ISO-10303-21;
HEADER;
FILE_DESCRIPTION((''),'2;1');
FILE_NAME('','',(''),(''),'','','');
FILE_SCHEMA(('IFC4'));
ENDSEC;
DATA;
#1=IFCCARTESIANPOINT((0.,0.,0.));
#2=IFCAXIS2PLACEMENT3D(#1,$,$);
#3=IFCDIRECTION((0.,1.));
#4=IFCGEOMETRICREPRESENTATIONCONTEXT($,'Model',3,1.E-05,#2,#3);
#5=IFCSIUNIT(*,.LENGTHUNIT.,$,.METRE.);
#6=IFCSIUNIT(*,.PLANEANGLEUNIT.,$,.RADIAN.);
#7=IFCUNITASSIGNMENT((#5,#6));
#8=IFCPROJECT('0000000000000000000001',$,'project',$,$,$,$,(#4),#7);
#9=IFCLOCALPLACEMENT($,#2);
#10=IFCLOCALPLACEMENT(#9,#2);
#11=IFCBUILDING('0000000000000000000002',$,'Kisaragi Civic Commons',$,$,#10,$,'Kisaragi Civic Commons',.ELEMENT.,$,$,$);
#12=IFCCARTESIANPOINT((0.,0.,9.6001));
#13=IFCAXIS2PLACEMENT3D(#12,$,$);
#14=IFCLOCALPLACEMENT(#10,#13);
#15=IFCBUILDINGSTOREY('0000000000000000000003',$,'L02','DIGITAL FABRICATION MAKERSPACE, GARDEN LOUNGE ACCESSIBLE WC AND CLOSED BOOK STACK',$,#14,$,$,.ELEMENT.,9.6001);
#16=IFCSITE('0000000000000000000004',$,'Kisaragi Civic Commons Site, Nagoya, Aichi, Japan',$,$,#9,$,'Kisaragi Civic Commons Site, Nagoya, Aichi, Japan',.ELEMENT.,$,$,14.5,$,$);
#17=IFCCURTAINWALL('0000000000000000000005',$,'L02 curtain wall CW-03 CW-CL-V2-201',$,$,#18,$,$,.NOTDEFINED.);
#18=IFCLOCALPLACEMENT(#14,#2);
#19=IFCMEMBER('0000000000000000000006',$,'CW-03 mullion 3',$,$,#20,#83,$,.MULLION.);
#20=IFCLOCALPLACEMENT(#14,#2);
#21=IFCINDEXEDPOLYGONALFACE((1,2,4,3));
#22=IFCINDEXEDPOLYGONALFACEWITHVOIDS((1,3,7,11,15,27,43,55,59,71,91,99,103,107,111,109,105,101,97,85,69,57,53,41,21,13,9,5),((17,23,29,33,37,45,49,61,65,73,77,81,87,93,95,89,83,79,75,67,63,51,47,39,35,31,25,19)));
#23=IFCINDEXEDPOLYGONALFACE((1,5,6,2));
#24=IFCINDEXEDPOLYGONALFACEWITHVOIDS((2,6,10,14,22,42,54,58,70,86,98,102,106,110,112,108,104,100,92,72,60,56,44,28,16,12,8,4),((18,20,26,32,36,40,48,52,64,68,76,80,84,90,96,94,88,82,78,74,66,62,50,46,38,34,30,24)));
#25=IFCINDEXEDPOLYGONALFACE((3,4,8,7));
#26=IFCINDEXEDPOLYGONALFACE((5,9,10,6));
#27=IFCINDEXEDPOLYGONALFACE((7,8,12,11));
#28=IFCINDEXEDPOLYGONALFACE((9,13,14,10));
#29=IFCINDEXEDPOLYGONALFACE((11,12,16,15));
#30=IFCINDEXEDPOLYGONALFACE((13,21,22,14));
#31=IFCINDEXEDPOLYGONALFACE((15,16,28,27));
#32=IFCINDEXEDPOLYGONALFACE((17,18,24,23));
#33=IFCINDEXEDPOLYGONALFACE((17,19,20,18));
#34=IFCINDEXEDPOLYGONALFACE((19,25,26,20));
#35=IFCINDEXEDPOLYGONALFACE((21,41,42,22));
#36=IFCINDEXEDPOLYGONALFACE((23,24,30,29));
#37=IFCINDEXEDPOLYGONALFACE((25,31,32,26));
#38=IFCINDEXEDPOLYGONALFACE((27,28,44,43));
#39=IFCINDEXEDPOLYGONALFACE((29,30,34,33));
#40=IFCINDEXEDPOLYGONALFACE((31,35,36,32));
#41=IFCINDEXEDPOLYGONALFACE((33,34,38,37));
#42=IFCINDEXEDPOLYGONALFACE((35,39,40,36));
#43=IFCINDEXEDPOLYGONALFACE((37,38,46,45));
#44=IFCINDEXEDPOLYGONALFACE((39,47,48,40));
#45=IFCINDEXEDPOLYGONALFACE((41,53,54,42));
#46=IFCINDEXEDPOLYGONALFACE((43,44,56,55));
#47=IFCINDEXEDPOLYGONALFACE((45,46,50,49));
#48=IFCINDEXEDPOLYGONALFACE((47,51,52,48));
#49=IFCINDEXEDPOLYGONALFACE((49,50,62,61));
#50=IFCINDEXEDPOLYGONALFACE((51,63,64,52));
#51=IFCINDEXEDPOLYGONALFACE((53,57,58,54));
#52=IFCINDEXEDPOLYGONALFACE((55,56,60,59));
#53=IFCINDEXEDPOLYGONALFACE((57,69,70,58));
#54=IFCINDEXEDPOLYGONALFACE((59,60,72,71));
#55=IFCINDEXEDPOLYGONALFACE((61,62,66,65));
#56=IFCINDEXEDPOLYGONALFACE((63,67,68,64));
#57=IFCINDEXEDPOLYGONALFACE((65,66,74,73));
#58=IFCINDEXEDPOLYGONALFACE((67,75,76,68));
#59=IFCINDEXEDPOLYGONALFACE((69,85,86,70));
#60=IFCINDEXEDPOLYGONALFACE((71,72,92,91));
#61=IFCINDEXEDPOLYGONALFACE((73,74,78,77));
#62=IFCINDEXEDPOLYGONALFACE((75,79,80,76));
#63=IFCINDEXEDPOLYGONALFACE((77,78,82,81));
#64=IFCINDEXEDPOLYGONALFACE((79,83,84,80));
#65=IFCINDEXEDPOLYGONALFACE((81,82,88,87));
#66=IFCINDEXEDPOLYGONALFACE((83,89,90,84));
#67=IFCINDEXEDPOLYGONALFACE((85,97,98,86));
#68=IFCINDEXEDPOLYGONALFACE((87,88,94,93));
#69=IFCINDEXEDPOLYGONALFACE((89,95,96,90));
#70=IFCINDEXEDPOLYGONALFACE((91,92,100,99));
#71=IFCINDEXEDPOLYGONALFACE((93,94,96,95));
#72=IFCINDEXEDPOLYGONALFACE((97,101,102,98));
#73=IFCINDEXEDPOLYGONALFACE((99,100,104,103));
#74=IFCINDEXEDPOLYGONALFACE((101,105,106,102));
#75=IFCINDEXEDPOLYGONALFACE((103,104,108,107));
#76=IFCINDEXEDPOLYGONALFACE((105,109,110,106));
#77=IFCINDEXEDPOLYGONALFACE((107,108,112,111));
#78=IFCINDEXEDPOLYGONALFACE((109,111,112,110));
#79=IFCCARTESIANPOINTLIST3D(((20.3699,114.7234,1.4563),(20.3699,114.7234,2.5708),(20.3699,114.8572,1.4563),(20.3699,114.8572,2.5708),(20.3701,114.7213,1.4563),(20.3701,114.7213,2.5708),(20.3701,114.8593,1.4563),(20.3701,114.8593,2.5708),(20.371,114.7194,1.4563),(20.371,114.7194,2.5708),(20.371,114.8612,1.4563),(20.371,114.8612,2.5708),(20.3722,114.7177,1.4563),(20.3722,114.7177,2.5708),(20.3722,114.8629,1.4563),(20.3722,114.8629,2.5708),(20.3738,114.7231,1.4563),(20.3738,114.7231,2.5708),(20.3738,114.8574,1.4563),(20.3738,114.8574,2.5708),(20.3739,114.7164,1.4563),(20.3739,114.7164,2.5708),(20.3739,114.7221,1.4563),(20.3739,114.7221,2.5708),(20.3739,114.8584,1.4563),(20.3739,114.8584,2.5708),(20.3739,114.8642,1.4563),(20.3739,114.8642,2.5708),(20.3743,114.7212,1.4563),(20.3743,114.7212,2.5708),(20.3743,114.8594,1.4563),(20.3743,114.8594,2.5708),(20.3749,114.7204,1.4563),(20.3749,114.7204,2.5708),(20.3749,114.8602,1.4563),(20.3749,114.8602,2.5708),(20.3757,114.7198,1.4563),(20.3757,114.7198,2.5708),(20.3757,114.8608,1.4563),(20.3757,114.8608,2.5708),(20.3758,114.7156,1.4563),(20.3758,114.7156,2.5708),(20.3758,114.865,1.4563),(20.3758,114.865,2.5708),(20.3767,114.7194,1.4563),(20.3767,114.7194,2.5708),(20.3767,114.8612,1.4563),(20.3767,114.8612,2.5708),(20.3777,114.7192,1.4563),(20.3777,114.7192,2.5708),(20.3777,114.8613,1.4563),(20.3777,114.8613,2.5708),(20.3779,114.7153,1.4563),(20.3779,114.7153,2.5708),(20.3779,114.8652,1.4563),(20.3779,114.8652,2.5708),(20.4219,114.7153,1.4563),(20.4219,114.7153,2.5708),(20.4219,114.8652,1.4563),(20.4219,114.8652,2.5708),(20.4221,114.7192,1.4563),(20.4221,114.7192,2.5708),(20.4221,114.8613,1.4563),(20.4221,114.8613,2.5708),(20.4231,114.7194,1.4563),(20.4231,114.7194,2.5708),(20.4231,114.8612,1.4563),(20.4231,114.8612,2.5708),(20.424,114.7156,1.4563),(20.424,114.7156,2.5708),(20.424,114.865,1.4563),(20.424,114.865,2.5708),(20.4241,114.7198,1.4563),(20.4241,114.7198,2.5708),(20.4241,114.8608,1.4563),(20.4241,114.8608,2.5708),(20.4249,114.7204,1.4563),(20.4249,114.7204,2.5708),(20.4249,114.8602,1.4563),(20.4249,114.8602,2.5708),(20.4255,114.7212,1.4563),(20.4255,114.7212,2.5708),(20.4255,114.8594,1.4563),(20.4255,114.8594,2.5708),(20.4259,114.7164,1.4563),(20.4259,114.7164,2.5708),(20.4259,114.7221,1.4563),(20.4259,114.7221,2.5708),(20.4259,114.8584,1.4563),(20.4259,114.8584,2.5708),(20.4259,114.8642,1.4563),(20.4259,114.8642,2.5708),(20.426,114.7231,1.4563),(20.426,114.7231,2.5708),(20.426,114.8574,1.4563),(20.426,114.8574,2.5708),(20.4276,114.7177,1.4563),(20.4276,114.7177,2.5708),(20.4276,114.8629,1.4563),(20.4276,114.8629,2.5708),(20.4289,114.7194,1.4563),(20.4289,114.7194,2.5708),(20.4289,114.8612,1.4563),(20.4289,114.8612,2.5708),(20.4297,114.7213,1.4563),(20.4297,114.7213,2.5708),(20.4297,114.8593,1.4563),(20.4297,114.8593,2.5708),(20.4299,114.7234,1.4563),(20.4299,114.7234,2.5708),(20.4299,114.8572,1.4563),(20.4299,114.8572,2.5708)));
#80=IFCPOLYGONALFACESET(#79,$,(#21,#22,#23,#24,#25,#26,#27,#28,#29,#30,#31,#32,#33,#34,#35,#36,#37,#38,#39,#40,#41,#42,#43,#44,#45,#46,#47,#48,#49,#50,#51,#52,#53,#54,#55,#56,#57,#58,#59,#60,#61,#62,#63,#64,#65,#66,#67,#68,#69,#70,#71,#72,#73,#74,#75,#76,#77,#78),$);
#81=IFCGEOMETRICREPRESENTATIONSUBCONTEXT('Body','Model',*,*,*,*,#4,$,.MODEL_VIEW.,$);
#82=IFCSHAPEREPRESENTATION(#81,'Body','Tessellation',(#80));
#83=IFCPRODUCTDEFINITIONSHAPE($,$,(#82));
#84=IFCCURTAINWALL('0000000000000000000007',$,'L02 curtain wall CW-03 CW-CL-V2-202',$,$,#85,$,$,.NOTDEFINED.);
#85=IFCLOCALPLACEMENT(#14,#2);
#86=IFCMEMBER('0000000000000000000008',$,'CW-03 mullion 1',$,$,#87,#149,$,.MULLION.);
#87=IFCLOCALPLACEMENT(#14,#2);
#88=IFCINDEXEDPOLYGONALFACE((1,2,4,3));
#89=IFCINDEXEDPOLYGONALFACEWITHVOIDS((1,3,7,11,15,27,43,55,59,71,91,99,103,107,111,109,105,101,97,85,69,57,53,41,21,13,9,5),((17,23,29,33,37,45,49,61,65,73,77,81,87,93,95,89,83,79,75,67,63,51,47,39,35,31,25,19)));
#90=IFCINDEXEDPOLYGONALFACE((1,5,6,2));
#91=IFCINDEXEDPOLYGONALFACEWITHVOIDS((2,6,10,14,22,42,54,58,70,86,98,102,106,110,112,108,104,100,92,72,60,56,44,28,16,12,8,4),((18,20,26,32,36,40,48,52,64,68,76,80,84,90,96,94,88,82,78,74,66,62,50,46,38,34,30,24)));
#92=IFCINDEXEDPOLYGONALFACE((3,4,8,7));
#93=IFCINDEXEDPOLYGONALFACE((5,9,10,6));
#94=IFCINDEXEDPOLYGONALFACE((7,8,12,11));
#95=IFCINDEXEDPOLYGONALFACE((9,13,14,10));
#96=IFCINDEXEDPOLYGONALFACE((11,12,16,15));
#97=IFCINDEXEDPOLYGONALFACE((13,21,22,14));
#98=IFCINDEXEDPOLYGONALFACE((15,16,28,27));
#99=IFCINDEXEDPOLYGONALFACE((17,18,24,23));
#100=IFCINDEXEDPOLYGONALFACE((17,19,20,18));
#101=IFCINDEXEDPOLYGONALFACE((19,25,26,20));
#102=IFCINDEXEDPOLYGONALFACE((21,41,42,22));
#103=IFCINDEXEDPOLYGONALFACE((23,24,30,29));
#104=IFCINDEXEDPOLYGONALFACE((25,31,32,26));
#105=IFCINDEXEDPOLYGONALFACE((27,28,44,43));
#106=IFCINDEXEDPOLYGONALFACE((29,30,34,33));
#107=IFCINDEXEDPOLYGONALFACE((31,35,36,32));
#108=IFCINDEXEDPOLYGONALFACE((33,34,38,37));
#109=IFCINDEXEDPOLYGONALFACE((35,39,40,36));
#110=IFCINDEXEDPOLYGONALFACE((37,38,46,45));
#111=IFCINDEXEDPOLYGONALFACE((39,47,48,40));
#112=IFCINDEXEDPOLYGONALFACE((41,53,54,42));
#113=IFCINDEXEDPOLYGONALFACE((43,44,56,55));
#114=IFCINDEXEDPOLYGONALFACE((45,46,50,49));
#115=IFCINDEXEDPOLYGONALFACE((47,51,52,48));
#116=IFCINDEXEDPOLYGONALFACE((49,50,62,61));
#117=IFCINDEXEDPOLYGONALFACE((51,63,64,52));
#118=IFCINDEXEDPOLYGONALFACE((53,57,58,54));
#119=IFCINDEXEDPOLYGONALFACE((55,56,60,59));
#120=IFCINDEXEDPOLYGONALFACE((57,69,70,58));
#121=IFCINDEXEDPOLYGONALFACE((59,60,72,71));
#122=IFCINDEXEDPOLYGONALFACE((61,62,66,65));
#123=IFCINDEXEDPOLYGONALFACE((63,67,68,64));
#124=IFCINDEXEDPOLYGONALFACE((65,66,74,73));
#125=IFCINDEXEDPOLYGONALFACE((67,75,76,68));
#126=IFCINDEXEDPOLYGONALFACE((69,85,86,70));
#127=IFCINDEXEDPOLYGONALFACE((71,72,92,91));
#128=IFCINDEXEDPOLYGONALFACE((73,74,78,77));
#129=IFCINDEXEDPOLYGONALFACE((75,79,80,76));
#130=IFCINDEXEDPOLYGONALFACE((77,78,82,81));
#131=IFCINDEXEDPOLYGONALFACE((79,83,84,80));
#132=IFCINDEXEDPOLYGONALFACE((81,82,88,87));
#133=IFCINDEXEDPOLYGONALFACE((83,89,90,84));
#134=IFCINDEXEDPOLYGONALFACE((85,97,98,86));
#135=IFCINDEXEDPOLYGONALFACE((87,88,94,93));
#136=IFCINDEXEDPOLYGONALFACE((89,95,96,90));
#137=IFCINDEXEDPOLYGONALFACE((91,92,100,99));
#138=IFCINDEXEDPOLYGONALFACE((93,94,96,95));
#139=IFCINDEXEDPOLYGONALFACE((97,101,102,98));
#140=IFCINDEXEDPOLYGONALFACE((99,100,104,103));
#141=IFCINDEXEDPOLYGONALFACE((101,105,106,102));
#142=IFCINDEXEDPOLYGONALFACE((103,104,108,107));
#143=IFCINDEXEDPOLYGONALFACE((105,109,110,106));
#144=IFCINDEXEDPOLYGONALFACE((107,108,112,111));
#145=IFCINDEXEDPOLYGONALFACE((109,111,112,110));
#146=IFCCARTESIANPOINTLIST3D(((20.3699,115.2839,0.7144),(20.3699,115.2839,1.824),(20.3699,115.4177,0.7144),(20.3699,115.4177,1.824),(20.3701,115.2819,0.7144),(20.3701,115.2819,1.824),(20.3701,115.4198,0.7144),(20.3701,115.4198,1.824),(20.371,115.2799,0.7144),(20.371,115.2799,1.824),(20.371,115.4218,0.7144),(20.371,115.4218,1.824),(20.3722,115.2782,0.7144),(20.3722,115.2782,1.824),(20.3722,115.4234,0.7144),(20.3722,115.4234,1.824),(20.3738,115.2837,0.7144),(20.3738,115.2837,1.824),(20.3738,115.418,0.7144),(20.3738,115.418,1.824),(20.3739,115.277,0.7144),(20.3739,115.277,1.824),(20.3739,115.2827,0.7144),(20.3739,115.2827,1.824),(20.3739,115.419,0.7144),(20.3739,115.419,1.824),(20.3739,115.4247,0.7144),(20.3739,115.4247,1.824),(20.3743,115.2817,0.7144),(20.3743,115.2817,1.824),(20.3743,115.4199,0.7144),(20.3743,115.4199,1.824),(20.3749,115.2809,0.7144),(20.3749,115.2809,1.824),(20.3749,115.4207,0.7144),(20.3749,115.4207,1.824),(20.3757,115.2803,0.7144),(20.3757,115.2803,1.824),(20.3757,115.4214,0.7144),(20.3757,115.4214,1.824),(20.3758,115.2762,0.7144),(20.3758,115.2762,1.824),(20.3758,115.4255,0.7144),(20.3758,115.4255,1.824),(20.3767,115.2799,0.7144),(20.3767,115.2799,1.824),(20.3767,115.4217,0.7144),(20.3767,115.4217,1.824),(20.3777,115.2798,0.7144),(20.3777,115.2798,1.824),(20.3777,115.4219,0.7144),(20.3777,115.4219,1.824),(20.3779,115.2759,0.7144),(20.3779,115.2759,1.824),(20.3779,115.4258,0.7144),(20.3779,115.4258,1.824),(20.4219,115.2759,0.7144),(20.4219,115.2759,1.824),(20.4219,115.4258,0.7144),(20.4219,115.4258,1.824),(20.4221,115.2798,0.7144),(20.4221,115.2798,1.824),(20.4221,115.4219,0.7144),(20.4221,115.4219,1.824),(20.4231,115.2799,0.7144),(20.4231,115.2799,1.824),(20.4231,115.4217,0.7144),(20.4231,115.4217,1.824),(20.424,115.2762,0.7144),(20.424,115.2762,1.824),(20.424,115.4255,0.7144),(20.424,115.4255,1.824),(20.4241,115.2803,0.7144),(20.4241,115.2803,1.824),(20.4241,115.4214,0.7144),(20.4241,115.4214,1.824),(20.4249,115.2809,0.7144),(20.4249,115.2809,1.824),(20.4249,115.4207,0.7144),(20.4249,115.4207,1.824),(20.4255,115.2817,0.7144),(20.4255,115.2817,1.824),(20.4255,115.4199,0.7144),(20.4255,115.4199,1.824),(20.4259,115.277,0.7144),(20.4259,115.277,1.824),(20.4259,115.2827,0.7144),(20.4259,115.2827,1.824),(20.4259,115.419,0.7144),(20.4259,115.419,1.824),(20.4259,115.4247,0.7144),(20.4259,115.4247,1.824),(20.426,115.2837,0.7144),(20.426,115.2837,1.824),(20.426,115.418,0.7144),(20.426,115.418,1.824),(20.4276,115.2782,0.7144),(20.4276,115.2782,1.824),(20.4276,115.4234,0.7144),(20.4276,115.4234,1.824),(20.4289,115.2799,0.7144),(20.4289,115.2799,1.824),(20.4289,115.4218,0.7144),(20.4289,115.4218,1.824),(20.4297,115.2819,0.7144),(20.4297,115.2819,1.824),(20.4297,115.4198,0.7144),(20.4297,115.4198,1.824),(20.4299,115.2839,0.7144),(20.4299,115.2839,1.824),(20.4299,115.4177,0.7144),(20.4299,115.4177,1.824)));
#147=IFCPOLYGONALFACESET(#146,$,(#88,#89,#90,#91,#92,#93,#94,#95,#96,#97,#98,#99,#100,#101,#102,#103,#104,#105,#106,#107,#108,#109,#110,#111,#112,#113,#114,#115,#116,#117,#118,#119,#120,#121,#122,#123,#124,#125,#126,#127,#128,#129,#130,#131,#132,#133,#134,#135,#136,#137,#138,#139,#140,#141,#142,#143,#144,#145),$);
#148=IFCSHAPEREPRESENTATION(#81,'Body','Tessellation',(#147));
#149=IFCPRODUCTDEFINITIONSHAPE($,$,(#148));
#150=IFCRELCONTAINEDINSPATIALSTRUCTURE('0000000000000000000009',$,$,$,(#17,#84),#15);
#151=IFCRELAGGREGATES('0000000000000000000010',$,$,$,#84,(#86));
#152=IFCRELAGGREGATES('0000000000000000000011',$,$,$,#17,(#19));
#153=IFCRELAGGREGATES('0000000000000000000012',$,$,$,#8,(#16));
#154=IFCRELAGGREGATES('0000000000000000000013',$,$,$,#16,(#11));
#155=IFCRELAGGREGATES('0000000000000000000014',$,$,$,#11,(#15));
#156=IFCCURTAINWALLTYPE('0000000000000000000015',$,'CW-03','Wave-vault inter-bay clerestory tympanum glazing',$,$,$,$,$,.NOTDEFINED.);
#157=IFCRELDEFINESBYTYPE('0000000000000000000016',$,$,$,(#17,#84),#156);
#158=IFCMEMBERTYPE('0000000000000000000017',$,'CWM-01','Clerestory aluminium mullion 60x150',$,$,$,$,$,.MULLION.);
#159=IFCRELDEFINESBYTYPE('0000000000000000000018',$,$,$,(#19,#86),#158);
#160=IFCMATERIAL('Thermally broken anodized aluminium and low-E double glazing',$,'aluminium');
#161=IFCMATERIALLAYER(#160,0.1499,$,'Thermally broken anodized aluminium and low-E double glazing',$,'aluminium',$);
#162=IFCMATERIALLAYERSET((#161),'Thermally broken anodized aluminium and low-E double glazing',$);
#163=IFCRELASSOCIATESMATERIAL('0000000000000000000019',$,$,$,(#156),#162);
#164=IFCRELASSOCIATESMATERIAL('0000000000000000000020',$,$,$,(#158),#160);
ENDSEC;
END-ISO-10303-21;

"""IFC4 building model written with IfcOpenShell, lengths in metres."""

from ifc_helpers import new_model, si_unit, direction, frame, origin, origin_2d, place, context, subcontext, project, spatial, hollow_rectangle, extrude, material, layer, layer_set, material_profile, profile_set, type_object, element, aggregate, save


model = new_model("IFC4")

# Units and contexts
model_context = context("Model", 3, precision=1e-05, world=origin(), true_north=direction((0.0, 1.0)))
body_context = subcontext(model_context, "Body", "Model", "MODEL_VIEW")
ifc_project = project(units=[si_unit("LENGTHUNIT", "METRE"), si_unit("PLANEANGLEUNIT", "RADIAN")], contexts=[model_context])

# Site, building, storey
site_placement = place(None, origin())
site = spatial("IfcSite", under=ifc_project, at=site_placement, Name="Kisaragi Civic Commons Site, Nagoya, Aichi, Japan", LongName="Kisaragi Civic Commons Site, Nagoya, Aichi, Japan", CompositionType="ELEMENT", RefElevation=14.5)
building_placement = place(site_placement, origin())
building = spatial("IfcBuilding", under=site, at=building_placement, Name="Kisaragi Civic Commons", LongName="Kisaragi Civic Commons", CompositionType="ELEMENT")
storey_placement = place(building_placement, frame((0.0, 0.0, 9.6001)))
storey = spatial("IfcBuildingStorey", under=building, at=storey_placement, Name="L02", Description="DIGITAL FABRICATION MAKERSPACE, GARDEN LOUNGE ACCESSIBLE WC AND CLOSED BOOK STACK", CompositionType="ELEMENT", Elevation=9.6001)

# Curtain wall, member
ifc_material_1 = material(Name="Thermally broken anodized aluminium and low-E double glazing", Category="aluminium")
ifc_layer_1 = layer(ifc_material_1, 0.1499, Name="Thermally broken anodized aluminium and low-E double glazing", Category="aluminium")
ifc_layer_set_1 = layer_set([ifc_layer_1], Name="Thermally broken anodized aluminium and low-E double glazing")
curtain_wall_type = type_object("IfcCurtainWallType", Name="CW-03", Description="Wave-vault inter-bay clerestory tympanum glazing", PredefinedType="NOTDEFINED", material=ifc_layer_set_1)
curtain_wall_1_placement = place(storey_placement, origin())
curtain_wall_1 = element("IfcCurtainWall", 1, at=curtain_wall_1_placement, inside=storey, type_object=curtain_wall_type, Name="L02 curtain wall CW-03 CW-CL-V2-201", PredefinedType="NOTDEFINED")
ifc_material_profile_1 = material_profile(ifc_material_1, hollow_rectangle(XDim=0.0601, YDim=0.1499, WallThickness=0.0039, InnerFilletRadius=0.0039, OuterFilletRadius=0.0081, at=origin_2d()), Name="CWM-60x150x4", Category="aluminium")
ifc_profile_set_1 = profile_set([ifc_material_profile_1], Name="Thermally broken anodized aluminium and low-E double glazing")
member_type_1 = type_object("IfcMemberType", Name="CWM-01", Description="Clerestory aluminium mullion 60x150", PredefinedType="MULLION", material=ifc_profile_set_1)
member_1_placement = place(storey_placement, frame((20.3999, 114.7903, 1.4563), z_axis=(0.0, 0.0, 1.0), x_axis=(-1.0, 0.0, 0.0)))
member_1 = element("IfcMember", 2, at=member_1_placement, type_object=member_type_1, Name="CW-03 mullion 3", PredefinedType="MULLION", context=body_context, shape_type="SweptSolid", body=[
    extrude(hollow_rectangle(XDim=0.0601, YDim=0.1499, WallThickness=0.0039, InnerFilletRadius=0.0039, OuterFilletRadius=0.0081, at=origin_2d()), origin(), (0.0, 0.0, 1.0), 1.1145),
])

# Curtain wall, member
curtain_wall_2_placement = place(storey_placement, origin())
curtain_wall_2 = element("IfcCurtainWall", 3, at=curtain_wall_2_placement, inside=storey, type_object=curtain_wall_type, Name="L02 curtain wall CW-03 CW-CL-V2-202", PredefinedType="NOTDEFINED")
member_2_placement = place(storey_placement, frame((20.3999, 115.3508, 0.7144), z_axis=(0.0, 0.0, 1.0), x_axis=(-1.0, 0.0, 0.0)))
member_2 = element("IfcMember", 4, at=member_2_placement, type_object=member_type_1, Name="CW-03 mullion 1", PredefinedType="MULLION", context=body_context, shape_type="SweptSolid", body=[
    extrude(hollow_rectangle(XDim=0.0601, YDim=0.1499, WallThickness=0.0039, InnerFilletRadius=0.0039, OuterFilletRadius=0.0081, at=origin_2d()), origin(), (0.0, 0.0, 1.0), 1.1096),
])

aggregate(curtain_wall_2, [member_2])
aggregate(curtain_wall_1, [member_1])

save(model, "model.ifc")
